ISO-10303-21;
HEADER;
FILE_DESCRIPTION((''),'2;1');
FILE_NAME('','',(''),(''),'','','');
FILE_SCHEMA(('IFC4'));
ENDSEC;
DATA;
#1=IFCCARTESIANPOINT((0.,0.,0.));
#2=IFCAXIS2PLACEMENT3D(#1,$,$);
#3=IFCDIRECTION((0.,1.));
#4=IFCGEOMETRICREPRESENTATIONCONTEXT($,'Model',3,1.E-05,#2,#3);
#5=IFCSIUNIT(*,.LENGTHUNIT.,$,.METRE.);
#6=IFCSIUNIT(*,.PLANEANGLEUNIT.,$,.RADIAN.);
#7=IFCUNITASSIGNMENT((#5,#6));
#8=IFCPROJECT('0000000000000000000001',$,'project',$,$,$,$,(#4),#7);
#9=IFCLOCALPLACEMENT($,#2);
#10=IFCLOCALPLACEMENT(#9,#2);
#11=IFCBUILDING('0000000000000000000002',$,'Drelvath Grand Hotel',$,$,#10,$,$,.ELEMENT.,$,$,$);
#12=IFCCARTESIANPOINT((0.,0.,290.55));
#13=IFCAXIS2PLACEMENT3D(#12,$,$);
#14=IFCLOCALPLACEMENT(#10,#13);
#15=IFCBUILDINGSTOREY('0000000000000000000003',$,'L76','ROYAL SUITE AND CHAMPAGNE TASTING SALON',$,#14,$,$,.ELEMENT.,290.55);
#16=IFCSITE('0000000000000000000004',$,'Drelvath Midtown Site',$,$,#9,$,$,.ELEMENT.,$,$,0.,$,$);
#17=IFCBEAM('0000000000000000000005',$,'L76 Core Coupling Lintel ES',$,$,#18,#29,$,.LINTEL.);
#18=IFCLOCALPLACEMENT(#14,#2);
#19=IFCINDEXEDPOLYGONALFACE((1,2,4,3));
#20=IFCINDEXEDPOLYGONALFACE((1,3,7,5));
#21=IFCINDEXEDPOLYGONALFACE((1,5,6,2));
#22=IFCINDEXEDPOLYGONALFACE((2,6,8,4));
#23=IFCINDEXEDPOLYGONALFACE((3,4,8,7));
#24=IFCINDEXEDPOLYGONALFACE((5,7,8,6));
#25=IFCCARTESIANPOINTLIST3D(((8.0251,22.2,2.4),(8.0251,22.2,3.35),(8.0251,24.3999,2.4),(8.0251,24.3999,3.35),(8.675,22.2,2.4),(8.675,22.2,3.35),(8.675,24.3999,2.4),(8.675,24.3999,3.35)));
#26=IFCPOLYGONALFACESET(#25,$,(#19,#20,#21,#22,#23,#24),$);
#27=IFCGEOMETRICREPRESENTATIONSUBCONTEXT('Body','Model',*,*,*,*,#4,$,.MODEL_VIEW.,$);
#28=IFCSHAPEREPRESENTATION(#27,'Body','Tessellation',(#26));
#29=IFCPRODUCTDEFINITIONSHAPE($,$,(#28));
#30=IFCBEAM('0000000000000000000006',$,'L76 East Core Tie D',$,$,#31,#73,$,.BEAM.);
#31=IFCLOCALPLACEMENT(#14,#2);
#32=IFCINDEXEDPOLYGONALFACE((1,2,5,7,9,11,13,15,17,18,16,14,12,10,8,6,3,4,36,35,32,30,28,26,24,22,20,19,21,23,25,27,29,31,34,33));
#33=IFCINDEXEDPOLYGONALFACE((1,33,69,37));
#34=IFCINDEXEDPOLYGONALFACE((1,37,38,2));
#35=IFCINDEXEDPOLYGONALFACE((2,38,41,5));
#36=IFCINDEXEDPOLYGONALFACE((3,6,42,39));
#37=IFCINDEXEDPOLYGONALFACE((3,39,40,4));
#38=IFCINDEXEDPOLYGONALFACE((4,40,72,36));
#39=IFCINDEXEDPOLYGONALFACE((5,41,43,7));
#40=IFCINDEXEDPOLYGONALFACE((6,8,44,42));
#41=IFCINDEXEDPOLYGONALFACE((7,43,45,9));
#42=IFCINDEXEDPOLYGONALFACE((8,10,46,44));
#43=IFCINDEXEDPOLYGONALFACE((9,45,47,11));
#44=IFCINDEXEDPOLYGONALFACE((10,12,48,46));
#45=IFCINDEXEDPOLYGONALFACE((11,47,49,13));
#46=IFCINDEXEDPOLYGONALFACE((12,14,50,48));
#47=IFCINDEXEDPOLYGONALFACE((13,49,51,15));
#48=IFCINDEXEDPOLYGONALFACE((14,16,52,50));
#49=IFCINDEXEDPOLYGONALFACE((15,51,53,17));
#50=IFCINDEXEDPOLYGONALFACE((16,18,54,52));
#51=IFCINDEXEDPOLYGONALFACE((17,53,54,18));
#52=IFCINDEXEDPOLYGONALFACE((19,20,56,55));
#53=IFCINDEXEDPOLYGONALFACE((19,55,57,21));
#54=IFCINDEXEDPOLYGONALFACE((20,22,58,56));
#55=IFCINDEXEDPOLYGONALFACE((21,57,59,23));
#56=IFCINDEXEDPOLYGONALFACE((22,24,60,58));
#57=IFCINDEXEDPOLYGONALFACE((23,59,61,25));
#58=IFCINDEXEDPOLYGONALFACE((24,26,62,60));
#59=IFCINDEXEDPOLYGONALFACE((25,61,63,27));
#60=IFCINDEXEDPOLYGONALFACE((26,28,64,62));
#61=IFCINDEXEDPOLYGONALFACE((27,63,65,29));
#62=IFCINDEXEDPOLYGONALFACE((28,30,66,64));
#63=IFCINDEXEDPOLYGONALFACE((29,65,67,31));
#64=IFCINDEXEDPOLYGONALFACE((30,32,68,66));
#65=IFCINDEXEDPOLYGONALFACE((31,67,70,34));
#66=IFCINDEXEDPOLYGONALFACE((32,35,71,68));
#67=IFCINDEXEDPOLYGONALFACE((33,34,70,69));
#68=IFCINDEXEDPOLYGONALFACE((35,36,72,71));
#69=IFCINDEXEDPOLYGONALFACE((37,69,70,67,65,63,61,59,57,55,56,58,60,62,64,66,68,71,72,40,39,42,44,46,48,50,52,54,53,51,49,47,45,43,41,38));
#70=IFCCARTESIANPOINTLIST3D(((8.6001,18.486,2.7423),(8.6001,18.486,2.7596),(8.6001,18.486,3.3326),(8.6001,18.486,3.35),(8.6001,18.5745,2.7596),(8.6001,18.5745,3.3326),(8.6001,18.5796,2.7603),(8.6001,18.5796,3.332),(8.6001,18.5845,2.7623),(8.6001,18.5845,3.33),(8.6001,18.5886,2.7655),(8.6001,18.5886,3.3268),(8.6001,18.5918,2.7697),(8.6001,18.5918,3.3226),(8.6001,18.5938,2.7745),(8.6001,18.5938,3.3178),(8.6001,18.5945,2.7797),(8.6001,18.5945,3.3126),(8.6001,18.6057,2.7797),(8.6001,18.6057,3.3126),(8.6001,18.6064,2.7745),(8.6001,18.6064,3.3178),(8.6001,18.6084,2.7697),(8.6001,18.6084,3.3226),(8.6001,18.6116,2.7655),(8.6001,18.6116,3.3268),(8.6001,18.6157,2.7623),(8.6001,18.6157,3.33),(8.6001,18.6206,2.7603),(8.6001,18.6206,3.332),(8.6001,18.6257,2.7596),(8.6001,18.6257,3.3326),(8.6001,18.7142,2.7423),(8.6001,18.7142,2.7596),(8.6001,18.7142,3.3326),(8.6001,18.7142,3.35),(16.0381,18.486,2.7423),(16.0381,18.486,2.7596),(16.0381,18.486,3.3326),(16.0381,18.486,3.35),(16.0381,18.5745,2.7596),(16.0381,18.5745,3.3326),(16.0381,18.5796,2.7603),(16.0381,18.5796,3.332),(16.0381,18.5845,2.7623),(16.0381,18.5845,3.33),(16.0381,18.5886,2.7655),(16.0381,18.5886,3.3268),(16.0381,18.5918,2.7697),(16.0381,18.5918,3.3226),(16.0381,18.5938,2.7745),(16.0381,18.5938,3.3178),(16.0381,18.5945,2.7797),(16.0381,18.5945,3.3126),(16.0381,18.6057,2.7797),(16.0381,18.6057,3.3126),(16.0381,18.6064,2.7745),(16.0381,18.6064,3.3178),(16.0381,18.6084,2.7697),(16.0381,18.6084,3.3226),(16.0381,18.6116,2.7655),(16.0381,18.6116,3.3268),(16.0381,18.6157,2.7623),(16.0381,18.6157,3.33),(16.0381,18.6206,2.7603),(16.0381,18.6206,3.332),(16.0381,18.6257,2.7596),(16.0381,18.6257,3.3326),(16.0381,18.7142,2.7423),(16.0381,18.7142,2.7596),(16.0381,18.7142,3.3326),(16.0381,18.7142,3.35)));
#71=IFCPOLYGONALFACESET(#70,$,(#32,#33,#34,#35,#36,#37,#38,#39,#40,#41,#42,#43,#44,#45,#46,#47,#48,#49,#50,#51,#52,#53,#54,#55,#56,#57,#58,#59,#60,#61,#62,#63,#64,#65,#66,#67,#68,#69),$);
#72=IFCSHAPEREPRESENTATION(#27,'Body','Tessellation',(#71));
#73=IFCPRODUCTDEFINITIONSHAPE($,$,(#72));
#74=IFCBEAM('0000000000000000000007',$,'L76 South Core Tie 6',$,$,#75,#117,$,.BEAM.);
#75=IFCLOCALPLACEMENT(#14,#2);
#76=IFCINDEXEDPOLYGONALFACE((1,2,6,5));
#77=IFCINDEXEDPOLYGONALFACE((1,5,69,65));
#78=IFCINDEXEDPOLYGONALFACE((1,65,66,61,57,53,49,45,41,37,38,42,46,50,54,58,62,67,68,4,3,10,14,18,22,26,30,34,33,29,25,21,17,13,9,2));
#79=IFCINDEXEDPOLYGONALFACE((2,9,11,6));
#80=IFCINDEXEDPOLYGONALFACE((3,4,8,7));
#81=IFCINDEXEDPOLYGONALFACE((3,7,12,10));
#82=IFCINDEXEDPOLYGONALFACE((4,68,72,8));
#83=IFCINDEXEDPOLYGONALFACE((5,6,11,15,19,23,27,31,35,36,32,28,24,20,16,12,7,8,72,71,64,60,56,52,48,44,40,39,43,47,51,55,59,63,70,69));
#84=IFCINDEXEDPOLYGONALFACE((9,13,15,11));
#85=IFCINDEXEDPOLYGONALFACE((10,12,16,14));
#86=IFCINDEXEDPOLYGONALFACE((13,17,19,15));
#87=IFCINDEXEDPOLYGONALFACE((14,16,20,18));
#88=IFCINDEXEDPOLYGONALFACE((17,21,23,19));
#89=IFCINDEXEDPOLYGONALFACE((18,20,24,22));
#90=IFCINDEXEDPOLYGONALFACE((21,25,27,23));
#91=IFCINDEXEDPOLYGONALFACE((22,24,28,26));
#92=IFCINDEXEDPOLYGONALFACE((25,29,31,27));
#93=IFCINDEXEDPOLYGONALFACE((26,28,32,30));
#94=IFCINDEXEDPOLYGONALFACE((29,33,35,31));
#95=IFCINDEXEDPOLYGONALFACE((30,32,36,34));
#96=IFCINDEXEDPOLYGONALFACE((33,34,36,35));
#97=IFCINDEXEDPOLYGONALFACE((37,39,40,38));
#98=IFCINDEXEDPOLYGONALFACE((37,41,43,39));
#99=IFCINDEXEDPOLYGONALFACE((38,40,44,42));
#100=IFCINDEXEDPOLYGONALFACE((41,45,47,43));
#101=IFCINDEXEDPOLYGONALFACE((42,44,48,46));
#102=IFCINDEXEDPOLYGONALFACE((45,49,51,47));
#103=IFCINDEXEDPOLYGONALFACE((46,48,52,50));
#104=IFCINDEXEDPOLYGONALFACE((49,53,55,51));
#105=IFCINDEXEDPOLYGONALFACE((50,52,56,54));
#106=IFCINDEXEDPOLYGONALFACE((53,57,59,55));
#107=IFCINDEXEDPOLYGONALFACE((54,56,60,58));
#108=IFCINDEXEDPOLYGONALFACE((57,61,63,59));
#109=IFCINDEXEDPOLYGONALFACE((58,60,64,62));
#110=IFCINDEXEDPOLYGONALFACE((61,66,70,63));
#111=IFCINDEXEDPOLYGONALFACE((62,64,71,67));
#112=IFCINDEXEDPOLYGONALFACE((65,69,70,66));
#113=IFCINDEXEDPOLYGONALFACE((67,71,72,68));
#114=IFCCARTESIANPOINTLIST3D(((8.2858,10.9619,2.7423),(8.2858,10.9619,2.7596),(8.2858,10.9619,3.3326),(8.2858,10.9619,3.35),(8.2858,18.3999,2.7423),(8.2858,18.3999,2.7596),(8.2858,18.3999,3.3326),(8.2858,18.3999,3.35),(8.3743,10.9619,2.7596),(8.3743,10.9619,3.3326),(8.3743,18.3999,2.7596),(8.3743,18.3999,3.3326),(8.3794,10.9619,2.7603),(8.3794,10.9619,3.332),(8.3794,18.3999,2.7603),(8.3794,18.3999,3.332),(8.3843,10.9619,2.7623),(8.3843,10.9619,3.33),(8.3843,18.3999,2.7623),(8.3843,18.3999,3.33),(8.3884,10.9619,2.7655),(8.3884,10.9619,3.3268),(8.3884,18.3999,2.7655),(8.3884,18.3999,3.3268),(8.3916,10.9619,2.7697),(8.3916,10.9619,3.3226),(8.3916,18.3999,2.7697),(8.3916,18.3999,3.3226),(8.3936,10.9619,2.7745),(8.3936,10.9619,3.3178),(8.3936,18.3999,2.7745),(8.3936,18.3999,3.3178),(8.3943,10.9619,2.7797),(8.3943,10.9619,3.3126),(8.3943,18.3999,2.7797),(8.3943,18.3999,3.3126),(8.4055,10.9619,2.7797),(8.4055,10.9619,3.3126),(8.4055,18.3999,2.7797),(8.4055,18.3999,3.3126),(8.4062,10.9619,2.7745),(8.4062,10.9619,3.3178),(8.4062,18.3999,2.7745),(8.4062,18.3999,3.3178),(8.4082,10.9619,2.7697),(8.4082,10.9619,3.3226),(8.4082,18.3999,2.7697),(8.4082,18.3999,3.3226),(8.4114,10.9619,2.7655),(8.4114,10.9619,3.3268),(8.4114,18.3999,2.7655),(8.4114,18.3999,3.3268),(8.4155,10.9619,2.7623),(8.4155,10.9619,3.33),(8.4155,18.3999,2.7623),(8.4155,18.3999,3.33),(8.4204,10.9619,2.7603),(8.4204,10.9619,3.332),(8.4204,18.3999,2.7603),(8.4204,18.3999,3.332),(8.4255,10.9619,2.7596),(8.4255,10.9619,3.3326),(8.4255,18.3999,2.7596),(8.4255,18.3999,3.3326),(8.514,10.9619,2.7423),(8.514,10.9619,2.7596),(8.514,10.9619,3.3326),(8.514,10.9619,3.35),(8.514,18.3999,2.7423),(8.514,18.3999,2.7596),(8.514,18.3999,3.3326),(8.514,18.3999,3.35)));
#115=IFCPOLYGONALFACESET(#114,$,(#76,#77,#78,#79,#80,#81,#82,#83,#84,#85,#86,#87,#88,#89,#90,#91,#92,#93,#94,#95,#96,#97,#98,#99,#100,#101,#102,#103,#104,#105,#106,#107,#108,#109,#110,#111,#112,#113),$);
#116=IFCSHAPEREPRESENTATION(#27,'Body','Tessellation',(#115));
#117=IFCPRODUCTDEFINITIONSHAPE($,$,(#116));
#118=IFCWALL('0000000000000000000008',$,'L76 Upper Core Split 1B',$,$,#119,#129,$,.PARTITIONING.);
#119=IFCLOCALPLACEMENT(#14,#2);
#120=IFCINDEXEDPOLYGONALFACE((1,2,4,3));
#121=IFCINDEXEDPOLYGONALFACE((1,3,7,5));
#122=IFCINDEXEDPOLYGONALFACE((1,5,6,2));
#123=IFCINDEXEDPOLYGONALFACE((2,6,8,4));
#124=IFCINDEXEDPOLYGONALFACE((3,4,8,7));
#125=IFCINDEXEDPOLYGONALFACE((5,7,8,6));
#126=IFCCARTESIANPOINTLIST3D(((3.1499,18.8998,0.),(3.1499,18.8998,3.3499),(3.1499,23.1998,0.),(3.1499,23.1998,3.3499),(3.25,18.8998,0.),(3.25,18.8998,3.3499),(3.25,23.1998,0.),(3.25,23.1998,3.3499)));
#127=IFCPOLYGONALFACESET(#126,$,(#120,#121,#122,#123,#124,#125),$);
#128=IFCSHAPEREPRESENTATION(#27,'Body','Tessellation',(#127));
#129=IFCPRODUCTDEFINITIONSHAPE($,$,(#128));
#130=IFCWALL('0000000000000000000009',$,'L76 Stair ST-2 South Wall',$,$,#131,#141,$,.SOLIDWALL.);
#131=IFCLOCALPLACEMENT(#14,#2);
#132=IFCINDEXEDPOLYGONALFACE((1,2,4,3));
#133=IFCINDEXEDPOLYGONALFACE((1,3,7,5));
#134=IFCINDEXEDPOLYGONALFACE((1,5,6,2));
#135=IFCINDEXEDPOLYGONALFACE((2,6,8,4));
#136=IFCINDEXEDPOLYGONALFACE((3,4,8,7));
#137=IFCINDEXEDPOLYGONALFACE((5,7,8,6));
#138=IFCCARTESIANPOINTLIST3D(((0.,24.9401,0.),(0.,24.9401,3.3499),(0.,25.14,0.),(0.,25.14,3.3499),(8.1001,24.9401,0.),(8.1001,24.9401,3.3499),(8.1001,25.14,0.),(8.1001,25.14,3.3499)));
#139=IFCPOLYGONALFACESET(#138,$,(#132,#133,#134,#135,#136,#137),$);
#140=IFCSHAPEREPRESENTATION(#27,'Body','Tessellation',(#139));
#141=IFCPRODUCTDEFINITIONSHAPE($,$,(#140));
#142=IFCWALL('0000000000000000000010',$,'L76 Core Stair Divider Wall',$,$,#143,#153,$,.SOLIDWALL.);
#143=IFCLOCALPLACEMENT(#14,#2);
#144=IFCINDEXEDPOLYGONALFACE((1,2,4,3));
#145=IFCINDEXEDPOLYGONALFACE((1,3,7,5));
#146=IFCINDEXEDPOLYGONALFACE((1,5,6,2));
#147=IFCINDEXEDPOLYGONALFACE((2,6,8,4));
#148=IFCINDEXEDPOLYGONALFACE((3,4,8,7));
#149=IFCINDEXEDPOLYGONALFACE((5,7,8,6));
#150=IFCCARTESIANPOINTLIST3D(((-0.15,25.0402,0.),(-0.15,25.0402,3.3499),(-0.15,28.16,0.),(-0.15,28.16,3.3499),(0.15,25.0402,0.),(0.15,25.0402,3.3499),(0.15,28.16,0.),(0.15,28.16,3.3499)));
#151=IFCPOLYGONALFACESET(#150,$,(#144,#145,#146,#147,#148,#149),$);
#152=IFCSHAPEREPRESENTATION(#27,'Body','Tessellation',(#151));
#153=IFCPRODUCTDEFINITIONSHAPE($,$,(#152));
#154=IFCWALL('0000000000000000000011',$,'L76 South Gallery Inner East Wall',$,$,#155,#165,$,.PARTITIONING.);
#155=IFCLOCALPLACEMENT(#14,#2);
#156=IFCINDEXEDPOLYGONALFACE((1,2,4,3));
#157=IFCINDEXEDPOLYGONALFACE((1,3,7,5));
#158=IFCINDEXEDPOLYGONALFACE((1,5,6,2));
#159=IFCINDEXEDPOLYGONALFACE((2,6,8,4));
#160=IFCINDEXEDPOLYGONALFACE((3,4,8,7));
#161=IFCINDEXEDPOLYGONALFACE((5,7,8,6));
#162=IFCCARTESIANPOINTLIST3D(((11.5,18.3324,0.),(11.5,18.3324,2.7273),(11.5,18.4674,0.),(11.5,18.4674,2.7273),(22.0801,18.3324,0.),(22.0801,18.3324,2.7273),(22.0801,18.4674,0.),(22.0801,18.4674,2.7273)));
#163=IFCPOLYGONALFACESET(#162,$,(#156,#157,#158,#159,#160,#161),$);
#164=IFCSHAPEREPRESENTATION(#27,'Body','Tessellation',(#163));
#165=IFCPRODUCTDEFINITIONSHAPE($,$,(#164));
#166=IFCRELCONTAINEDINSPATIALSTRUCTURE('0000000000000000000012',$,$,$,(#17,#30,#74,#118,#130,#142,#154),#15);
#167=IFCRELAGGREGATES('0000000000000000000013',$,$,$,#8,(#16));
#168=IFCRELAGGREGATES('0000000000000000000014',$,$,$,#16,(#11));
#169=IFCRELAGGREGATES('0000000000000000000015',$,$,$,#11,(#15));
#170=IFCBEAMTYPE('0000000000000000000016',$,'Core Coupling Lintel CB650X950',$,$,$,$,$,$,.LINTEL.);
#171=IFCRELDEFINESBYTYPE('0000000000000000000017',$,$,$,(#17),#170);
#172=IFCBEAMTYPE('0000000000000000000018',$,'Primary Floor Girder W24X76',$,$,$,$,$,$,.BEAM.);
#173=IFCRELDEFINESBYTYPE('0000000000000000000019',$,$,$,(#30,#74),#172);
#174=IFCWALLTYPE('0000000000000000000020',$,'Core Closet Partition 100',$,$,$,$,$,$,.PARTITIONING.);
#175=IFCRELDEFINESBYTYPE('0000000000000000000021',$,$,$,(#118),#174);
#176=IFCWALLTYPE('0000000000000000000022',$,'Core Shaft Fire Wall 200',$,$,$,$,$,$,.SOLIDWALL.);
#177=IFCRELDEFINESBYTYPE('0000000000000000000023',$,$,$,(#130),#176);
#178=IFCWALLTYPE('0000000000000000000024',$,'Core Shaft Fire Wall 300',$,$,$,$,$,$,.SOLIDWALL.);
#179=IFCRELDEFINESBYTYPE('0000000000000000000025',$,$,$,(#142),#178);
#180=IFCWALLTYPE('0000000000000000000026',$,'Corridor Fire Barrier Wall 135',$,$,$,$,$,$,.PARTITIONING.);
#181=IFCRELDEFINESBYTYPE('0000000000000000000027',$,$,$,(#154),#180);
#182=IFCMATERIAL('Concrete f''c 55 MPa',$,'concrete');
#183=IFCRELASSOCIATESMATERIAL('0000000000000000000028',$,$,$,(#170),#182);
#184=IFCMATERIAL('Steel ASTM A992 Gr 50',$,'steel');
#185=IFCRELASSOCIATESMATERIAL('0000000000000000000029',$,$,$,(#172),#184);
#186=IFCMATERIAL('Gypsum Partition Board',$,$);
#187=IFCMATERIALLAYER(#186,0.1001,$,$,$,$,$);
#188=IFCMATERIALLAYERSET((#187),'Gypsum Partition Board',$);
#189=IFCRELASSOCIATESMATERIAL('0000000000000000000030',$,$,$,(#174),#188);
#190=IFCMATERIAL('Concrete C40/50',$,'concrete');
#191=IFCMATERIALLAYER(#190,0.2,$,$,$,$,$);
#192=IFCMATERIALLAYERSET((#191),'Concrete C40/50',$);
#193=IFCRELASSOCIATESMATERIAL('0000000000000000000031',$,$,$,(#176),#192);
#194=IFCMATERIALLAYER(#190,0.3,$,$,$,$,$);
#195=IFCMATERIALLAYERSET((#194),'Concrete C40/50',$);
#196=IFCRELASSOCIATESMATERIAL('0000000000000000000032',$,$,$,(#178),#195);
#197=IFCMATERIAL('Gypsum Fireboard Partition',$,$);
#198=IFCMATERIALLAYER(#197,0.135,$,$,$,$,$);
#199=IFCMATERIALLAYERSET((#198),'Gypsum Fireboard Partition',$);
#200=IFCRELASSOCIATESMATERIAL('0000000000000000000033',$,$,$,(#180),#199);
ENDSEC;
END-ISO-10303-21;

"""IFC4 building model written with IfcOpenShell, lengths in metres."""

from ifc_helpers import new_model, si_unit, direction, frame, frame_2d, origin, origin_2d, place, context, subcontext, project, spatial, rectangle, i_section, extrude, material, layer, layer_set, material_profile, profile_set, type_object, element, save


model = new_model("IFC4")

# Units and contexts
model_context = context("Model", 3, precision=1e-05, world=origin(), true_north=direction((0.0, 1.0)))
body_context = subcontext(model_context, "Body", "Model", "MODEL_VIEW")
ifc_project = project(units=[si_unit("LENGTHUNIT", "METRE"), si_unit("PLANEANGLEUNIT", "RADIAN")], contexts=[model_context])

# Site, building, storey
site_placement = place(None, origin())
site = spatial("IfcSite", under=ifc_project, at=site_placement, Name="Drelvath Midtown Site", CompositionType="ELEMENT", RefElevation=0.0)
building_placement = place(site_placement, origin())
building = spatial("IfcBuilding", under=site, at=building_placement, Name="Drelvath Grand Hotel", CompositionType="ELEMENT")
storey_placement = place(building_placement, frame((0.0, 0.0, 290.55)))
storey = spatial("IfcBuildingStorey", under=building, at=storey_placement, Name="L76", Description="ROYAL SUITE AND CHAMPAGNE TASTING SALON", CompositionType="ELEMENT", Elevation=290.55)

# Beams
ifc_material_1 = material(Name="Concrete f'c 55 MPa", Category="concrete")
ifc_material_profile_1 = material_profile(ifc_material_1, rectangle(XDim=0.6499, YDim=0.95, at=origin_2d()), Name="CB650X950")
ifc_profile_set_1 = profile_set([ifc_material_profile_1], Name="Concrete f'c 55 MPa")
beam_type_1 = type_object("IfcBeamType", Name="Core Coupling Lintel CB650X950", PredefinedType="LINTEL", material=ifc_profile_set_1)
beam_placement = place(storey_placement, frame((8.3501, 22.2, 2.875), z_axis=(0.0, 1.0, 0.0), x_axis=(-1.0, 0.0, 0.0)))
element("IfcBeam", 1, at=beam_placement, inside=storey, type_object=beam_type_1, Name="L76 Core Coupling Lintel ES", PredefinedType="LINTEL", context=body_context, shape_type="SweptSolid", body=[
    extrude(rectangle(XDim=0.6499, YDim=0.95, at=origin_2d()), origin(), (0.0, 0.0, 1.0), 2.2),
])
ifc_material_2 = material(Name="Steel ASTM A992 Gr 50", Category="steel")
ifc_material_profile_2 = material_profile(ifc_material_2, i_section(OverallWidth=0.2283, OverallDepth=0.6077, WebThickness=0.0112, FlangeThickness=0.0173, FilletRadius=0.02, at=origin_2d()), Name="W24X76")
ifc_profile_set_2 = profile_set([ifc_material_profile_2], Name="Steel ASTM A992 Gr 50")
beam_type_2 = type_object("IfcBeamType", Name="Primary Floor Girder W24X76", PredefinedType="BEAM", material=ifc_profile_set_2)
for number, where, z_axis, x_axis, name in (
    (2, (8.6001, 18.6001, 3.0461), (1.0, 0.0, 0.0), (0.0, 1.0, 0.0), "L76 East Core Tie D"),
    (3, (8.3999, 10.9619, 3.0461), (0.0, 1.0, 0.0), (-1.0, 0.0, 0.0), "L76 South Core Tie 6"),
):
    element("IfcBeam", number, at=place(storey_placement, frame(where, z_axis=z_axis, x_axis=x_axis)), inside=storey, type_object=beam_type_2, Name=name, PredefinedType="BEAM", context=body_context, shape_type="SweptSolid", body=[
        extrude(i_section(OverallWidth=0.2283, OverallDepth=0.6077, WebThickness=0.0112, FlangeThickness=0.0173, FilletRadius=0.02, at=origin_2d()), origin(), (0.0, 0.0, 1.0), 7.438),
    ])

# Walls
ifc_material_3 = material(Name="Gypsum Partition Board")
ifc_layer_1 = layer(ifc_material_3, 0.1001)
ifc_layer_set_1 = layer_set([ifc_layer_1], Name="Gypsum Partition Board")
wall_type_1 = type_object("IfcWallType", Name="Core Closet Partition 100", PredefinedType="PARTITIONING", material=ifc_layer_set_1)
wall_1_placement = place(storey_placement, frame((3.2, 18.8999, 0.0), z_axis=(0.0, 0.0, 1.0), x_axis=(0.0, 1.0, 0.0)))
element("IfcWall", 4, at=wall_1_placement, inside=storey, type_object=wall_type_1, Name="L76 Upper Core Split 1B", PredefinedType="PARTITIONING", context=body_context, shape_type="SweptSolid", body=[
    extrude(rectangle(XDim=4.3, YDim=0.1001, at=frame_2d((2.1499, 0.0))), origin(), (0.0, 0.0, 1.0), 3.3499),
])
ifc_material_4 = material(Name="Concrete C40/50", Category="concrete")
ifc_layer_2 = layer(ifc_material_4, 0.2)
ifc_layer_set_2 = layer_set([ifc_layer_2], Name="Concrete C40/50")
wall_type_2 = type_object("IfcWallType", Name="Core Shaft Fire Wall 200", PredefinedType="SOLIDWALL", material=ifc_layer_set_2)
wall_2_placement = place(storey_placement, frame((0.0, 25.04, 0.0), z_axis=(0.0, 0.0, 1.0), x_axis=(1.0, 0.0, 0.0)))
element("IfcWall", 5, at=wall_2_placement, inside=storey, type_object=wall_type_2, Name="L76 Stair ST-2 South Wall", PredefinedType="SOLIDWALL", context=body_context, shape_type="SweptSolid", body=[
    extrude(rectangle(XDim=8.1001, YDim=0.2, at=frame_2d((4.05, 0.0))), origin(), (0.0, 0.0, 1.0), 3.3499),
])
ifc_layer_3 = layer(ifc_material_4, 0.3)
ifc_layer_set_3 = layer_set([ifc_layer_3], Name="Concrete C40/50")
wall_type_3 = type_object("IfcWallType", Name="Core Shaft Fire Wall 300", PredefinedType="SOLIDWALL", material=ifc_layer_set_3)
wall_3_placement = place(storey_placement, frame((0.0, 25.04, 0.0), z_axis=(0.0, 0.0, 1.0), x_axis=(0.0, 1.0, 0.0)))
element("IfcWall", 6, at=wall_3_placement, inside=storey, type_object=wall_type_3, Name="L76 Core Stair Divider Wall", PredefinedType="SOLIDWALL", context=body_context, shape_type="SweptSolid", body=[
    extrude(rectangle(XDim=3.1199, YDim=0.3, at=frame_2d((1.5601, 0.0))), origin(), (0.0, 0.0, 1.0), 3.3499),
])
ifc_material_5 = material(Name="Gypsum Fireboard Partition")
ifc_layer_4 = layer(ifc_material_5, 0.135)
ifc_layer_set_4 = layer_set([ifc_layer_4], Name="Gypsum Fireboard Partition")
wall_type_4 = type_object("IfcWallType", Name="Corridor Fire Barrier Wall 135", PredefinedType="PARTITIONING", material=ifc_layer_set_4)
wall_4_placement = place(storey_placement, frame((11.5, 18.3999, 0.0), z_axis=(0.0, 0.0, 1.0), x_axis=(1.0, 0.0, 0.0)))
element("IfcWall", 7, at=wall_4_placement, inside=storey, type_object=wall_type_4, Name="L76 South Gallery Inner East Wall", PredefinedType="PARTITIONING", context=body_context, shape_type="SweptSolid", body=[
    extrude(rectangle(XDim=10.5801, YDim=0.135, at=frame_2d((5.29, 0.0))), origin(), (0.0, 0.0, 1.0), 2.7273),
])

save(model, "model.ifc")
